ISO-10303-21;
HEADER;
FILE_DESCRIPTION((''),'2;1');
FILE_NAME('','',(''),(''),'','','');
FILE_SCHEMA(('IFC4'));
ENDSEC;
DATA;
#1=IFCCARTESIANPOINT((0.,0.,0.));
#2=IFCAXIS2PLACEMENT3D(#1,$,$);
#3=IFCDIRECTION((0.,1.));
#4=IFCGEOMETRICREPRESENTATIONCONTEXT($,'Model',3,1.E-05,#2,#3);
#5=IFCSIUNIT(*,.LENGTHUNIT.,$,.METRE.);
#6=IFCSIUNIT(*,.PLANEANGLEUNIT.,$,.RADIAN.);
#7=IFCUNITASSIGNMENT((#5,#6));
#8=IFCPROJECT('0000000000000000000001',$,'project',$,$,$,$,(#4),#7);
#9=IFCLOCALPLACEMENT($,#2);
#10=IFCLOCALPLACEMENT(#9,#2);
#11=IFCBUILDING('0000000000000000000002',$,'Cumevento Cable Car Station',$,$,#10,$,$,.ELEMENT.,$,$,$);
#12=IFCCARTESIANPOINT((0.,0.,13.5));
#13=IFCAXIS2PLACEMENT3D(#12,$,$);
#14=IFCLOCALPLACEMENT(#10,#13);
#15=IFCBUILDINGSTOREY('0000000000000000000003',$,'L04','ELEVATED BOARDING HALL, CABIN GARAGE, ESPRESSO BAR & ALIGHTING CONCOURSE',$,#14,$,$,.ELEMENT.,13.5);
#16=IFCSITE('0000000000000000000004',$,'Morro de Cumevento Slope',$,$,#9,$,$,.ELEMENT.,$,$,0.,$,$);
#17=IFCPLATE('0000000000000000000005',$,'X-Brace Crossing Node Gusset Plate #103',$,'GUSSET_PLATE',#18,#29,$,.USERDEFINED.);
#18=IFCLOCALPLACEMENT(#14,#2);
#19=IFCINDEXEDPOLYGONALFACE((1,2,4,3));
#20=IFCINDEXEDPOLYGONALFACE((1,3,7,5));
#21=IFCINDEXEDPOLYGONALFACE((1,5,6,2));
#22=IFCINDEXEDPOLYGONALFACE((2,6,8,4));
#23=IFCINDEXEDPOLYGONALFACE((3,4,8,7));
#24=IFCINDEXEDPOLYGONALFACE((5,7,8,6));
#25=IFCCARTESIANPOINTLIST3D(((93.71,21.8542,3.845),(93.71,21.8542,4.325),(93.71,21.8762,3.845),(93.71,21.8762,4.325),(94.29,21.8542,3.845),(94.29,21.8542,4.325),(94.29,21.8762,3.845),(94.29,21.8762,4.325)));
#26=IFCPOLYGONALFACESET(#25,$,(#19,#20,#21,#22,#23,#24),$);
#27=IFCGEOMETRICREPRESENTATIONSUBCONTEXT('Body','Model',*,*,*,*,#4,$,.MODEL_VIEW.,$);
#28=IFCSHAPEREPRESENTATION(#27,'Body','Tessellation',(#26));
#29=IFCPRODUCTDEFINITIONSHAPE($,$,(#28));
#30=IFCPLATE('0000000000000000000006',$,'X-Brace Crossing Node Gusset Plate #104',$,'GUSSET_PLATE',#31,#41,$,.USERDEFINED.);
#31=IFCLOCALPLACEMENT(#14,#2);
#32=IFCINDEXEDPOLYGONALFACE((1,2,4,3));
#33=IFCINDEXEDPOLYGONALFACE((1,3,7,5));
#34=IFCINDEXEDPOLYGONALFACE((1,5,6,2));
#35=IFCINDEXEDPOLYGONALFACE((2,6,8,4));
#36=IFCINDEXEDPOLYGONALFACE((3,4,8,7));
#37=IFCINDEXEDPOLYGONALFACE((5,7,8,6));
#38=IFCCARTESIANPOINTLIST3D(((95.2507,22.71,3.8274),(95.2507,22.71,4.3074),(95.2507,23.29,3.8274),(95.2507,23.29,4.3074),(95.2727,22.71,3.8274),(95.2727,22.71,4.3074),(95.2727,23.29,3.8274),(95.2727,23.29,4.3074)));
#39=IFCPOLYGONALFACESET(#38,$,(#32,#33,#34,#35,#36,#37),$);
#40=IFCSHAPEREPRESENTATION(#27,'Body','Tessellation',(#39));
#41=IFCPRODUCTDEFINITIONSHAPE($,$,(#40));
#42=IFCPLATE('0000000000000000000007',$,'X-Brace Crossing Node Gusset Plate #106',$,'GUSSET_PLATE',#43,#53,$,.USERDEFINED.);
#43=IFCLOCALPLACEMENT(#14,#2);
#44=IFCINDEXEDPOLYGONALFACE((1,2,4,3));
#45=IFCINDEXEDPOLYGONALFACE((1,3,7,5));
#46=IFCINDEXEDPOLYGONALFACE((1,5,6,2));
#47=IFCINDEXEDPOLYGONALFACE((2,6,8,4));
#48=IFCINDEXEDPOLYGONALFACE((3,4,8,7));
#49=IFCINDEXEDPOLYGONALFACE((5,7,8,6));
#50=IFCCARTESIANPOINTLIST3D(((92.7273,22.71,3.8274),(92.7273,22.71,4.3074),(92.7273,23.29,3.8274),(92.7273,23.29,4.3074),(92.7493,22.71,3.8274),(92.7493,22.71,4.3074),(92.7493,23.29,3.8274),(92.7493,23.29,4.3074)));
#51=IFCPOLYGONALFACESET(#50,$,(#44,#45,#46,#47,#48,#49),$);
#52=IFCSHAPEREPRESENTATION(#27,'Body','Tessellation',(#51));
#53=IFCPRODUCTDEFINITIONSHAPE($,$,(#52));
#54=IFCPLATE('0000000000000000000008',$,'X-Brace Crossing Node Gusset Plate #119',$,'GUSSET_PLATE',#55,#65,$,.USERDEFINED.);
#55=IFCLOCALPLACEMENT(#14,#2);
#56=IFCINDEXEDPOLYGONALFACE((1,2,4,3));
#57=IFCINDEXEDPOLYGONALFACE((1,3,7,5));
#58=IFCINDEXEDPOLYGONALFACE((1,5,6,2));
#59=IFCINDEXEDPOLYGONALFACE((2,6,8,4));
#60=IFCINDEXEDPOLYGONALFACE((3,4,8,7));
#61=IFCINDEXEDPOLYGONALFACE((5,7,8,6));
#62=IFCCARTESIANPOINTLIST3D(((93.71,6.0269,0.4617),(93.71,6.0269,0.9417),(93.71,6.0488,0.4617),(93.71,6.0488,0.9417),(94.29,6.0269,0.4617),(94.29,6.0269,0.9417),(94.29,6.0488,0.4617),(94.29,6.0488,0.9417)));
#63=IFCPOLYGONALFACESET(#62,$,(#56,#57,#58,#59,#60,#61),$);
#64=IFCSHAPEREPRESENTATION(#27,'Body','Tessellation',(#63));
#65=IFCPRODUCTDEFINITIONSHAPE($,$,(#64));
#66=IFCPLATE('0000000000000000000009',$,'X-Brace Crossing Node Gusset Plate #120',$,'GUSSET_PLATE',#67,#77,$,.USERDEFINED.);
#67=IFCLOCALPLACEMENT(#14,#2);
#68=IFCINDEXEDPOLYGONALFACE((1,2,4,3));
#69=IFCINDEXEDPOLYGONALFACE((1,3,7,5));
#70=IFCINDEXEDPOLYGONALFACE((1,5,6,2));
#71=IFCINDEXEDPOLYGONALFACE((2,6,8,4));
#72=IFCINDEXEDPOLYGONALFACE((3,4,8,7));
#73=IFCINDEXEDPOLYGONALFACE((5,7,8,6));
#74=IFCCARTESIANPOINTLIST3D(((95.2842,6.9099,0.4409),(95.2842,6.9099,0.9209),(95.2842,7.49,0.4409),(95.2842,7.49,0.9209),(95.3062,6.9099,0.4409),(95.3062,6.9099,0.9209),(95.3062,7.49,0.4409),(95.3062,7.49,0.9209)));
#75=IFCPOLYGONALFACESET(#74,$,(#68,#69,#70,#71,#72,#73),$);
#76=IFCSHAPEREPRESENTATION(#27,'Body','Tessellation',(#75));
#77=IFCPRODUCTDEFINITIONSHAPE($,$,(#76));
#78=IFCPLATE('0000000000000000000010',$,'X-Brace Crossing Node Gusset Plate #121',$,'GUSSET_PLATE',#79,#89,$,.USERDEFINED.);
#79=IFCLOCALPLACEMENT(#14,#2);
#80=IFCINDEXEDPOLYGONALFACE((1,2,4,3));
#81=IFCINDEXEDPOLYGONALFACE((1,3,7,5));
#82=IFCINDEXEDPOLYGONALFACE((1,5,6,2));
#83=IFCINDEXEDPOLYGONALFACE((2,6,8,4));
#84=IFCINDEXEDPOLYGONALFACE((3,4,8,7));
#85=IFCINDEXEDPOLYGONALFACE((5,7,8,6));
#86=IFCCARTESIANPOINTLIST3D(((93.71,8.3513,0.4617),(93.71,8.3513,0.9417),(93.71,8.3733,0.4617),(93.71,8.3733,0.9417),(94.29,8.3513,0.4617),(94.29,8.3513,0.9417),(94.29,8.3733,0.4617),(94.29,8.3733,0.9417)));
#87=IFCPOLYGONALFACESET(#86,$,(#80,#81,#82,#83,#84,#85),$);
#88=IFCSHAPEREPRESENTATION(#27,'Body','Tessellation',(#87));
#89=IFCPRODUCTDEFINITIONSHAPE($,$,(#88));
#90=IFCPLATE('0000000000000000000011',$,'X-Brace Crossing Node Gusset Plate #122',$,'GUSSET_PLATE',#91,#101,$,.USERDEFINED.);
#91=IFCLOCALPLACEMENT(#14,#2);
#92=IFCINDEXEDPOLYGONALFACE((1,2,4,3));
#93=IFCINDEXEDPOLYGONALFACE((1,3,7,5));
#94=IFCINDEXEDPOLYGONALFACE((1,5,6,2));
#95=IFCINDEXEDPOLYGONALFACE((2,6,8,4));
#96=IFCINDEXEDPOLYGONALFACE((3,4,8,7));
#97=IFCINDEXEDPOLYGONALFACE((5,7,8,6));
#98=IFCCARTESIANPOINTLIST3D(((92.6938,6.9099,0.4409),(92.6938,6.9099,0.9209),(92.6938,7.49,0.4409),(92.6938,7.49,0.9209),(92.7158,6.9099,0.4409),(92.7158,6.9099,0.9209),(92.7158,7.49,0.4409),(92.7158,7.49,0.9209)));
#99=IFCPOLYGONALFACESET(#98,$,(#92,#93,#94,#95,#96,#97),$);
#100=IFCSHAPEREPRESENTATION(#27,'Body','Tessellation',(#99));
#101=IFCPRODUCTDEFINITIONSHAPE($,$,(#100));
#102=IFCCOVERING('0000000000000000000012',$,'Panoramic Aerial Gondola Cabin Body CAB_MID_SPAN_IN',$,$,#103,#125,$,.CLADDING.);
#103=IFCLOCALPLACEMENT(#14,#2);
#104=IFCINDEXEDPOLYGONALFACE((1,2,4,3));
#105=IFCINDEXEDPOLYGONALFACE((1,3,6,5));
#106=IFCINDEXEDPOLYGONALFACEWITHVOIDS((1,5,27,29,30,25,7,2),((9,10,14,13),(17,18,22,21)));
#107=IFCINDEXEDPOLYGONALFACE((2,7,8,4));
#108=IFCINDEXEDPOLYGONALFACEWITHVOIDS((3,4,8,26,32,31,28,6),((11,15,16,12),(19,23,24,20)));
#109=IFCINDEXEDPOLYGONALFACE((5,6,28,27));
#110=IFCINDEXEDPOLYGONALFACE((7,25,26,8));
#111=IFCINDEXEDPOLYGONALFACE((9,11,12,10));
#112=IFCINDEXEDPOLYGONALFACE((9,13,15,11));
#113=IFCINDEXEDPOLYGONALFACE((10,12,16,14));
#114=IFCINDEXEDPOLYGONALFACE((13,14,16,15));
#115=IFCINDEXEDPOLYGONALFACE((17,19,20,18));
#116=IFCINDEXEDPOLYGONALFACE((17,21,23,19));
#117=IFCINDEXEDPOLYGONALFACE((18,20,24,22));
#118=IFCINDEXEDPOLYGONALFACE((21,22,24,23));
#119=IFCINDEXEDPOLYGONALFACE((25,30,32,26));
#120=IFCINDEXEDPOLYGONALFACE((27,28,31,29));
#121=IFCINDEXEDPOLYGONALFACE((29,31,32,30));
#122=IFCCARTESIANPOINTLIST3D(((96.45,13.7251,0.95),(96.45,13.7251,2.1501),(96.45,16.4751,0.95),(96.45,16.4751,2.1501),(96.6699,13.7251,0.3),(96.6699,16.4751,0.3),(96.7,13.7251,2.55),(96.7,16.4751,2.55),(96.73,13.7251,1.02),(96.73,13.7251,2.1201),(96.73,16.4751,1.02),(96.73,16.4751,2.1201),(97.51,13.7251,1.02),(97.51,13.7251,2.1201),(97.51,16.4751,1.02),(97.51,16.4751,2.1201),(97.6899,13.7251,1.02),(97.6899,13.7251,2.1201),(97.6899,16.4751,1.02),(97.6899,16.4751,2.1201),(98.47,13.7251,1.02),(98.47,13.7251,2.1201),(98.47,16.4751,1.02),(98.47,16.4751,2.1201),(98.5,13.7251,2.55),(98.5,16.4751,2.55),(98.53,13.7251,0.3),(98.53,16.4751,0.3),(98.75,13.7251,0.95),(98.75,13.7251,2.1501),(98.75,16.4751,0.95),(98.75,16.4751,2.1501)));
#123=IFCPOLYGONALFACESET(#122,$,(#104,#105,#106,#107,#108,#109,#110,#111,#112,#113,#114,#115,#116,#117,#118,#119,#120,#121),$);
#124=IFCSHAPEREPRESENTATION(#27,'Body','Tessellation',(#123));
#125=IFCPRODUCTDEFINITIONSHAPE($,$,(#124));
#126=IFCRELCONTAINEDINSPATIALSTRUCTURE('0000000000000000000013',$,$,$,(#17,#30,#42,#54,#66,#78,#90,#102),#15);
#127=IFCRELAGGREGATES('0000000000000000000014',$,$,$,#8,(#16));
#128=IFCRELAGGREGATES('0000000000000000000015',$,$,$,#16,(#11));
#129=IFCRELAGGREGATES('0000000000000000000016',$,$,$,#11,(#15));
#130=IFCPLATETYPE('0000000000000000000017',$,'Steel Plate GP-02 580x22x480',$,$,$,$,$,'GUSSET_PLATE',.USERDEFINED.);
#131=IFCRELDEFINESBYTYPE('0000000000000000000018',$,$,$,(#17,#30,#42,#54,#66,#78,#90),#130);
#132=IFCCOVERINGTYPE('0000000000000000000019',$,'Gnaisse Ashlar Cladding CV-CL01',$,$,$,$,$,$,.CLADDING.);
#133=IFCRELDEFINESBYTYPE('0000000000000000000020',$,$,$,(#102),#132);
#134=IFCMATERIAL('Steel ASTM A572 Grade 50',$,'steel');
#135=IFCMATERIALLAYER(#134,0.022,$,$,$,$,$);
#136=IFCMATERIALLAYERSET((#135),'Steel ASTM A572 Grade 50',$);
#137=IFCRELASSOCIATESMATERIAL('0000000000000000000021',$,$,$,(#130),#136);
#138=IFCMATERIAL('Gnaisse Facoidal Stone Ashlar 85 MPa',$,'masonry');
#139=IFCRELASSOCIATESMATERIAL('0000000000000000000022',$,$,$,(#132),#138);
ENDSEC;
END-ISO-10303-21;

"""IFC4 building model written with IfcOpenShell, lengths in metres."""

from ifc_helpers import new_model, si_unit, direction, frame, origin, origin_2d, place, context, subcontext, project, spatial, polyline, rectangle, outline, extrude, material, layer, layer_set, type_object, element, save


model = new_model("IFC4")

# Units and contexts
model_context = context("Model", 3, precision=1e-05, world=origin(), true_north=direction((0.0, 1.0)))
body_context = subcontext(model_context, "Body", "Model", "MODEL_VIEW")
ifc_project = project(units=[si_unit("LENGTHUNIT", "METRE"), si_unit("PLANEANGLEUNIT", "RADIAN")], contexts=[model_context])

# Site, building, storey
site_placement = place(None, origin())
site = spatial("IfcSite", under=ifc_project, at=site_placement, Name="Morro de Cumevento Slope", CompositionType="ELEMENT", RefElevation=0.0)
building_placement = place(site_placement, origin())
building = spatial("IfcBuilding", under=site, at=building_placement, Name="Cumevento Cable Car Station", CompositionType="ELEMENT")
storey_placement = place(building_placement, frame((0.0, 0.0, 13.5)))
storey = spatial("IfcBuildingStorey", under=building, at=storey_placement, Name="L04", Description="ELEVATED BOARDING HALL, CABIN GARAGE, ESPRESSO BAR & ALIGHTING CONCOURSE", CompositionType="ELEMENT", Elevation=13.5)

# Plates
ifc_material_1 = material(Name="Steel ASTM A572 Grade 50", Category="steel")
ifc_layer = layer(ifc_material_1, 0.022)
ifc_layer_set = layer_set([ifc_layer], Name="Steel ASTM A572 Grade 50")
plate_type = type_object("IfcPlateType", Name="Steel Plate GP-02 580x22x480", ElementType="GUSSET_PLATE", PredefinedType="USERDEFINED", material=ifc_layer_set)
for number, where, z_axis, x_axis, name in (
    (1, (94.0, 21.8652, 3.845), (0.0, 0.0, 1.0), (1.0, 0.0, 0.0), "X-Brace Crossing Node Gusset Plate #103"),
    (2, (95.2617, 23.0, 3.8274), (0.0, 0.0, 1.0), (0.0, 1.0, 0.0), "X-Brace Crossing Node Gusset Plate #104"),
    (3, (92.7383, 23.0, 3.8274), (0.0, 0.0, 1.0), (0.0, 1.0, 0.0), "X-Brace Crossing Node Gusset Plate #106"),
    (4, (94.0, 6.0378, 0.4617), (0.0, 0.0, 1.0), (1.0, 0.0, 0.0), "X-Brace Crossing Node Gusset Plate #119"),
    (5, (95.2952, 7.2, 0.4409), (0.0, 0.0, 1.0), (0.0, 1.0, 0.0), "X-Brace Crossing Node Gusset Plate #120"),
    (6, (94.0, 8.3623, 0.4617), (0.0, 0.0, 1.0), (1.0, 0.0, 0.0), "X-Brace Crossing Node Gusset Plate #121"),
    (7, (92.7048, 7.2, 0.4409), (0.0, 0.0, 1.0), (0.0, 1.0, 0.0), "X-Brace Crossing Node Gusset Plate #122"),
):
    element("IfcPlate", number, at=place(storey_placement, frame(where, z_axis=z_axis, x_axis=x_axis)), inside=storey, type_object=plate_type, Name=name, ObjectType="GUSSET_PLATE", PredefinedType="USERDEFINED", context=body_context, shape_type="SweptSolid", body=[
        extrude(rectangle(XDim=0.5801, YDim=0.022, at=origin_2d()), origin(), (0.0, 0.0, 1.0), 0.48),
    ])

# Covering
ifc_material_2 = material(Name="Gnaisse Facoidal Stone Ashlar 85 MPa", Category="masonry")
covering_type = type_object("IfcCoveringType", Name="Gnaisse Ashlar Cladding CV-CL01", PredefinedType="CLADDING", material=ifc_material_2)
covering_placement = place(storey_placement, frame((96.45, 15.1001, 0.3), z_axis=(0.0, 0.0, 1.0), x_axis=(1.0, 0.0, 0.0)))
element("IfcCovering", 8, at=covering_placement, inside=storey, type_object=covering_type, Name="Panoramic Aerial Gondola Cabin Body CAB_MID_SPAN_IN", PredefinedType="CLADDING", context=body_context, shape_type="SweptSolid", body=[
    extrude(outline(polyline([(0.22, 0.0), (2.0801, 0.0), (2.3, 0.6499), (2.3, 1.8501), (2.05, 2.25), (0.25, 2.25), (0.0, 1.8501), (0.0, 0.6499), (0.22, 0.0)]), holes=[polyline([(0.28, 0.72), (1.0601, 0.72), (1.0601, 1.8201), (0.28, 1.8201), (0.28, 0.72)]), polyline([(1.24, 0.72), (2.02, 0.72), (2.02, 1.8201), (1.24, 1.8201), (1.24, 0.72)])]), frame((0.0, 1.375, 0.0), z_axis=(0.0, -1.0, 0.0), x_axis=(1.0, 0.0, 0.0)), (0.0, 0.0, 1.0), 2.75),
])

save(model, "model.ifc")
